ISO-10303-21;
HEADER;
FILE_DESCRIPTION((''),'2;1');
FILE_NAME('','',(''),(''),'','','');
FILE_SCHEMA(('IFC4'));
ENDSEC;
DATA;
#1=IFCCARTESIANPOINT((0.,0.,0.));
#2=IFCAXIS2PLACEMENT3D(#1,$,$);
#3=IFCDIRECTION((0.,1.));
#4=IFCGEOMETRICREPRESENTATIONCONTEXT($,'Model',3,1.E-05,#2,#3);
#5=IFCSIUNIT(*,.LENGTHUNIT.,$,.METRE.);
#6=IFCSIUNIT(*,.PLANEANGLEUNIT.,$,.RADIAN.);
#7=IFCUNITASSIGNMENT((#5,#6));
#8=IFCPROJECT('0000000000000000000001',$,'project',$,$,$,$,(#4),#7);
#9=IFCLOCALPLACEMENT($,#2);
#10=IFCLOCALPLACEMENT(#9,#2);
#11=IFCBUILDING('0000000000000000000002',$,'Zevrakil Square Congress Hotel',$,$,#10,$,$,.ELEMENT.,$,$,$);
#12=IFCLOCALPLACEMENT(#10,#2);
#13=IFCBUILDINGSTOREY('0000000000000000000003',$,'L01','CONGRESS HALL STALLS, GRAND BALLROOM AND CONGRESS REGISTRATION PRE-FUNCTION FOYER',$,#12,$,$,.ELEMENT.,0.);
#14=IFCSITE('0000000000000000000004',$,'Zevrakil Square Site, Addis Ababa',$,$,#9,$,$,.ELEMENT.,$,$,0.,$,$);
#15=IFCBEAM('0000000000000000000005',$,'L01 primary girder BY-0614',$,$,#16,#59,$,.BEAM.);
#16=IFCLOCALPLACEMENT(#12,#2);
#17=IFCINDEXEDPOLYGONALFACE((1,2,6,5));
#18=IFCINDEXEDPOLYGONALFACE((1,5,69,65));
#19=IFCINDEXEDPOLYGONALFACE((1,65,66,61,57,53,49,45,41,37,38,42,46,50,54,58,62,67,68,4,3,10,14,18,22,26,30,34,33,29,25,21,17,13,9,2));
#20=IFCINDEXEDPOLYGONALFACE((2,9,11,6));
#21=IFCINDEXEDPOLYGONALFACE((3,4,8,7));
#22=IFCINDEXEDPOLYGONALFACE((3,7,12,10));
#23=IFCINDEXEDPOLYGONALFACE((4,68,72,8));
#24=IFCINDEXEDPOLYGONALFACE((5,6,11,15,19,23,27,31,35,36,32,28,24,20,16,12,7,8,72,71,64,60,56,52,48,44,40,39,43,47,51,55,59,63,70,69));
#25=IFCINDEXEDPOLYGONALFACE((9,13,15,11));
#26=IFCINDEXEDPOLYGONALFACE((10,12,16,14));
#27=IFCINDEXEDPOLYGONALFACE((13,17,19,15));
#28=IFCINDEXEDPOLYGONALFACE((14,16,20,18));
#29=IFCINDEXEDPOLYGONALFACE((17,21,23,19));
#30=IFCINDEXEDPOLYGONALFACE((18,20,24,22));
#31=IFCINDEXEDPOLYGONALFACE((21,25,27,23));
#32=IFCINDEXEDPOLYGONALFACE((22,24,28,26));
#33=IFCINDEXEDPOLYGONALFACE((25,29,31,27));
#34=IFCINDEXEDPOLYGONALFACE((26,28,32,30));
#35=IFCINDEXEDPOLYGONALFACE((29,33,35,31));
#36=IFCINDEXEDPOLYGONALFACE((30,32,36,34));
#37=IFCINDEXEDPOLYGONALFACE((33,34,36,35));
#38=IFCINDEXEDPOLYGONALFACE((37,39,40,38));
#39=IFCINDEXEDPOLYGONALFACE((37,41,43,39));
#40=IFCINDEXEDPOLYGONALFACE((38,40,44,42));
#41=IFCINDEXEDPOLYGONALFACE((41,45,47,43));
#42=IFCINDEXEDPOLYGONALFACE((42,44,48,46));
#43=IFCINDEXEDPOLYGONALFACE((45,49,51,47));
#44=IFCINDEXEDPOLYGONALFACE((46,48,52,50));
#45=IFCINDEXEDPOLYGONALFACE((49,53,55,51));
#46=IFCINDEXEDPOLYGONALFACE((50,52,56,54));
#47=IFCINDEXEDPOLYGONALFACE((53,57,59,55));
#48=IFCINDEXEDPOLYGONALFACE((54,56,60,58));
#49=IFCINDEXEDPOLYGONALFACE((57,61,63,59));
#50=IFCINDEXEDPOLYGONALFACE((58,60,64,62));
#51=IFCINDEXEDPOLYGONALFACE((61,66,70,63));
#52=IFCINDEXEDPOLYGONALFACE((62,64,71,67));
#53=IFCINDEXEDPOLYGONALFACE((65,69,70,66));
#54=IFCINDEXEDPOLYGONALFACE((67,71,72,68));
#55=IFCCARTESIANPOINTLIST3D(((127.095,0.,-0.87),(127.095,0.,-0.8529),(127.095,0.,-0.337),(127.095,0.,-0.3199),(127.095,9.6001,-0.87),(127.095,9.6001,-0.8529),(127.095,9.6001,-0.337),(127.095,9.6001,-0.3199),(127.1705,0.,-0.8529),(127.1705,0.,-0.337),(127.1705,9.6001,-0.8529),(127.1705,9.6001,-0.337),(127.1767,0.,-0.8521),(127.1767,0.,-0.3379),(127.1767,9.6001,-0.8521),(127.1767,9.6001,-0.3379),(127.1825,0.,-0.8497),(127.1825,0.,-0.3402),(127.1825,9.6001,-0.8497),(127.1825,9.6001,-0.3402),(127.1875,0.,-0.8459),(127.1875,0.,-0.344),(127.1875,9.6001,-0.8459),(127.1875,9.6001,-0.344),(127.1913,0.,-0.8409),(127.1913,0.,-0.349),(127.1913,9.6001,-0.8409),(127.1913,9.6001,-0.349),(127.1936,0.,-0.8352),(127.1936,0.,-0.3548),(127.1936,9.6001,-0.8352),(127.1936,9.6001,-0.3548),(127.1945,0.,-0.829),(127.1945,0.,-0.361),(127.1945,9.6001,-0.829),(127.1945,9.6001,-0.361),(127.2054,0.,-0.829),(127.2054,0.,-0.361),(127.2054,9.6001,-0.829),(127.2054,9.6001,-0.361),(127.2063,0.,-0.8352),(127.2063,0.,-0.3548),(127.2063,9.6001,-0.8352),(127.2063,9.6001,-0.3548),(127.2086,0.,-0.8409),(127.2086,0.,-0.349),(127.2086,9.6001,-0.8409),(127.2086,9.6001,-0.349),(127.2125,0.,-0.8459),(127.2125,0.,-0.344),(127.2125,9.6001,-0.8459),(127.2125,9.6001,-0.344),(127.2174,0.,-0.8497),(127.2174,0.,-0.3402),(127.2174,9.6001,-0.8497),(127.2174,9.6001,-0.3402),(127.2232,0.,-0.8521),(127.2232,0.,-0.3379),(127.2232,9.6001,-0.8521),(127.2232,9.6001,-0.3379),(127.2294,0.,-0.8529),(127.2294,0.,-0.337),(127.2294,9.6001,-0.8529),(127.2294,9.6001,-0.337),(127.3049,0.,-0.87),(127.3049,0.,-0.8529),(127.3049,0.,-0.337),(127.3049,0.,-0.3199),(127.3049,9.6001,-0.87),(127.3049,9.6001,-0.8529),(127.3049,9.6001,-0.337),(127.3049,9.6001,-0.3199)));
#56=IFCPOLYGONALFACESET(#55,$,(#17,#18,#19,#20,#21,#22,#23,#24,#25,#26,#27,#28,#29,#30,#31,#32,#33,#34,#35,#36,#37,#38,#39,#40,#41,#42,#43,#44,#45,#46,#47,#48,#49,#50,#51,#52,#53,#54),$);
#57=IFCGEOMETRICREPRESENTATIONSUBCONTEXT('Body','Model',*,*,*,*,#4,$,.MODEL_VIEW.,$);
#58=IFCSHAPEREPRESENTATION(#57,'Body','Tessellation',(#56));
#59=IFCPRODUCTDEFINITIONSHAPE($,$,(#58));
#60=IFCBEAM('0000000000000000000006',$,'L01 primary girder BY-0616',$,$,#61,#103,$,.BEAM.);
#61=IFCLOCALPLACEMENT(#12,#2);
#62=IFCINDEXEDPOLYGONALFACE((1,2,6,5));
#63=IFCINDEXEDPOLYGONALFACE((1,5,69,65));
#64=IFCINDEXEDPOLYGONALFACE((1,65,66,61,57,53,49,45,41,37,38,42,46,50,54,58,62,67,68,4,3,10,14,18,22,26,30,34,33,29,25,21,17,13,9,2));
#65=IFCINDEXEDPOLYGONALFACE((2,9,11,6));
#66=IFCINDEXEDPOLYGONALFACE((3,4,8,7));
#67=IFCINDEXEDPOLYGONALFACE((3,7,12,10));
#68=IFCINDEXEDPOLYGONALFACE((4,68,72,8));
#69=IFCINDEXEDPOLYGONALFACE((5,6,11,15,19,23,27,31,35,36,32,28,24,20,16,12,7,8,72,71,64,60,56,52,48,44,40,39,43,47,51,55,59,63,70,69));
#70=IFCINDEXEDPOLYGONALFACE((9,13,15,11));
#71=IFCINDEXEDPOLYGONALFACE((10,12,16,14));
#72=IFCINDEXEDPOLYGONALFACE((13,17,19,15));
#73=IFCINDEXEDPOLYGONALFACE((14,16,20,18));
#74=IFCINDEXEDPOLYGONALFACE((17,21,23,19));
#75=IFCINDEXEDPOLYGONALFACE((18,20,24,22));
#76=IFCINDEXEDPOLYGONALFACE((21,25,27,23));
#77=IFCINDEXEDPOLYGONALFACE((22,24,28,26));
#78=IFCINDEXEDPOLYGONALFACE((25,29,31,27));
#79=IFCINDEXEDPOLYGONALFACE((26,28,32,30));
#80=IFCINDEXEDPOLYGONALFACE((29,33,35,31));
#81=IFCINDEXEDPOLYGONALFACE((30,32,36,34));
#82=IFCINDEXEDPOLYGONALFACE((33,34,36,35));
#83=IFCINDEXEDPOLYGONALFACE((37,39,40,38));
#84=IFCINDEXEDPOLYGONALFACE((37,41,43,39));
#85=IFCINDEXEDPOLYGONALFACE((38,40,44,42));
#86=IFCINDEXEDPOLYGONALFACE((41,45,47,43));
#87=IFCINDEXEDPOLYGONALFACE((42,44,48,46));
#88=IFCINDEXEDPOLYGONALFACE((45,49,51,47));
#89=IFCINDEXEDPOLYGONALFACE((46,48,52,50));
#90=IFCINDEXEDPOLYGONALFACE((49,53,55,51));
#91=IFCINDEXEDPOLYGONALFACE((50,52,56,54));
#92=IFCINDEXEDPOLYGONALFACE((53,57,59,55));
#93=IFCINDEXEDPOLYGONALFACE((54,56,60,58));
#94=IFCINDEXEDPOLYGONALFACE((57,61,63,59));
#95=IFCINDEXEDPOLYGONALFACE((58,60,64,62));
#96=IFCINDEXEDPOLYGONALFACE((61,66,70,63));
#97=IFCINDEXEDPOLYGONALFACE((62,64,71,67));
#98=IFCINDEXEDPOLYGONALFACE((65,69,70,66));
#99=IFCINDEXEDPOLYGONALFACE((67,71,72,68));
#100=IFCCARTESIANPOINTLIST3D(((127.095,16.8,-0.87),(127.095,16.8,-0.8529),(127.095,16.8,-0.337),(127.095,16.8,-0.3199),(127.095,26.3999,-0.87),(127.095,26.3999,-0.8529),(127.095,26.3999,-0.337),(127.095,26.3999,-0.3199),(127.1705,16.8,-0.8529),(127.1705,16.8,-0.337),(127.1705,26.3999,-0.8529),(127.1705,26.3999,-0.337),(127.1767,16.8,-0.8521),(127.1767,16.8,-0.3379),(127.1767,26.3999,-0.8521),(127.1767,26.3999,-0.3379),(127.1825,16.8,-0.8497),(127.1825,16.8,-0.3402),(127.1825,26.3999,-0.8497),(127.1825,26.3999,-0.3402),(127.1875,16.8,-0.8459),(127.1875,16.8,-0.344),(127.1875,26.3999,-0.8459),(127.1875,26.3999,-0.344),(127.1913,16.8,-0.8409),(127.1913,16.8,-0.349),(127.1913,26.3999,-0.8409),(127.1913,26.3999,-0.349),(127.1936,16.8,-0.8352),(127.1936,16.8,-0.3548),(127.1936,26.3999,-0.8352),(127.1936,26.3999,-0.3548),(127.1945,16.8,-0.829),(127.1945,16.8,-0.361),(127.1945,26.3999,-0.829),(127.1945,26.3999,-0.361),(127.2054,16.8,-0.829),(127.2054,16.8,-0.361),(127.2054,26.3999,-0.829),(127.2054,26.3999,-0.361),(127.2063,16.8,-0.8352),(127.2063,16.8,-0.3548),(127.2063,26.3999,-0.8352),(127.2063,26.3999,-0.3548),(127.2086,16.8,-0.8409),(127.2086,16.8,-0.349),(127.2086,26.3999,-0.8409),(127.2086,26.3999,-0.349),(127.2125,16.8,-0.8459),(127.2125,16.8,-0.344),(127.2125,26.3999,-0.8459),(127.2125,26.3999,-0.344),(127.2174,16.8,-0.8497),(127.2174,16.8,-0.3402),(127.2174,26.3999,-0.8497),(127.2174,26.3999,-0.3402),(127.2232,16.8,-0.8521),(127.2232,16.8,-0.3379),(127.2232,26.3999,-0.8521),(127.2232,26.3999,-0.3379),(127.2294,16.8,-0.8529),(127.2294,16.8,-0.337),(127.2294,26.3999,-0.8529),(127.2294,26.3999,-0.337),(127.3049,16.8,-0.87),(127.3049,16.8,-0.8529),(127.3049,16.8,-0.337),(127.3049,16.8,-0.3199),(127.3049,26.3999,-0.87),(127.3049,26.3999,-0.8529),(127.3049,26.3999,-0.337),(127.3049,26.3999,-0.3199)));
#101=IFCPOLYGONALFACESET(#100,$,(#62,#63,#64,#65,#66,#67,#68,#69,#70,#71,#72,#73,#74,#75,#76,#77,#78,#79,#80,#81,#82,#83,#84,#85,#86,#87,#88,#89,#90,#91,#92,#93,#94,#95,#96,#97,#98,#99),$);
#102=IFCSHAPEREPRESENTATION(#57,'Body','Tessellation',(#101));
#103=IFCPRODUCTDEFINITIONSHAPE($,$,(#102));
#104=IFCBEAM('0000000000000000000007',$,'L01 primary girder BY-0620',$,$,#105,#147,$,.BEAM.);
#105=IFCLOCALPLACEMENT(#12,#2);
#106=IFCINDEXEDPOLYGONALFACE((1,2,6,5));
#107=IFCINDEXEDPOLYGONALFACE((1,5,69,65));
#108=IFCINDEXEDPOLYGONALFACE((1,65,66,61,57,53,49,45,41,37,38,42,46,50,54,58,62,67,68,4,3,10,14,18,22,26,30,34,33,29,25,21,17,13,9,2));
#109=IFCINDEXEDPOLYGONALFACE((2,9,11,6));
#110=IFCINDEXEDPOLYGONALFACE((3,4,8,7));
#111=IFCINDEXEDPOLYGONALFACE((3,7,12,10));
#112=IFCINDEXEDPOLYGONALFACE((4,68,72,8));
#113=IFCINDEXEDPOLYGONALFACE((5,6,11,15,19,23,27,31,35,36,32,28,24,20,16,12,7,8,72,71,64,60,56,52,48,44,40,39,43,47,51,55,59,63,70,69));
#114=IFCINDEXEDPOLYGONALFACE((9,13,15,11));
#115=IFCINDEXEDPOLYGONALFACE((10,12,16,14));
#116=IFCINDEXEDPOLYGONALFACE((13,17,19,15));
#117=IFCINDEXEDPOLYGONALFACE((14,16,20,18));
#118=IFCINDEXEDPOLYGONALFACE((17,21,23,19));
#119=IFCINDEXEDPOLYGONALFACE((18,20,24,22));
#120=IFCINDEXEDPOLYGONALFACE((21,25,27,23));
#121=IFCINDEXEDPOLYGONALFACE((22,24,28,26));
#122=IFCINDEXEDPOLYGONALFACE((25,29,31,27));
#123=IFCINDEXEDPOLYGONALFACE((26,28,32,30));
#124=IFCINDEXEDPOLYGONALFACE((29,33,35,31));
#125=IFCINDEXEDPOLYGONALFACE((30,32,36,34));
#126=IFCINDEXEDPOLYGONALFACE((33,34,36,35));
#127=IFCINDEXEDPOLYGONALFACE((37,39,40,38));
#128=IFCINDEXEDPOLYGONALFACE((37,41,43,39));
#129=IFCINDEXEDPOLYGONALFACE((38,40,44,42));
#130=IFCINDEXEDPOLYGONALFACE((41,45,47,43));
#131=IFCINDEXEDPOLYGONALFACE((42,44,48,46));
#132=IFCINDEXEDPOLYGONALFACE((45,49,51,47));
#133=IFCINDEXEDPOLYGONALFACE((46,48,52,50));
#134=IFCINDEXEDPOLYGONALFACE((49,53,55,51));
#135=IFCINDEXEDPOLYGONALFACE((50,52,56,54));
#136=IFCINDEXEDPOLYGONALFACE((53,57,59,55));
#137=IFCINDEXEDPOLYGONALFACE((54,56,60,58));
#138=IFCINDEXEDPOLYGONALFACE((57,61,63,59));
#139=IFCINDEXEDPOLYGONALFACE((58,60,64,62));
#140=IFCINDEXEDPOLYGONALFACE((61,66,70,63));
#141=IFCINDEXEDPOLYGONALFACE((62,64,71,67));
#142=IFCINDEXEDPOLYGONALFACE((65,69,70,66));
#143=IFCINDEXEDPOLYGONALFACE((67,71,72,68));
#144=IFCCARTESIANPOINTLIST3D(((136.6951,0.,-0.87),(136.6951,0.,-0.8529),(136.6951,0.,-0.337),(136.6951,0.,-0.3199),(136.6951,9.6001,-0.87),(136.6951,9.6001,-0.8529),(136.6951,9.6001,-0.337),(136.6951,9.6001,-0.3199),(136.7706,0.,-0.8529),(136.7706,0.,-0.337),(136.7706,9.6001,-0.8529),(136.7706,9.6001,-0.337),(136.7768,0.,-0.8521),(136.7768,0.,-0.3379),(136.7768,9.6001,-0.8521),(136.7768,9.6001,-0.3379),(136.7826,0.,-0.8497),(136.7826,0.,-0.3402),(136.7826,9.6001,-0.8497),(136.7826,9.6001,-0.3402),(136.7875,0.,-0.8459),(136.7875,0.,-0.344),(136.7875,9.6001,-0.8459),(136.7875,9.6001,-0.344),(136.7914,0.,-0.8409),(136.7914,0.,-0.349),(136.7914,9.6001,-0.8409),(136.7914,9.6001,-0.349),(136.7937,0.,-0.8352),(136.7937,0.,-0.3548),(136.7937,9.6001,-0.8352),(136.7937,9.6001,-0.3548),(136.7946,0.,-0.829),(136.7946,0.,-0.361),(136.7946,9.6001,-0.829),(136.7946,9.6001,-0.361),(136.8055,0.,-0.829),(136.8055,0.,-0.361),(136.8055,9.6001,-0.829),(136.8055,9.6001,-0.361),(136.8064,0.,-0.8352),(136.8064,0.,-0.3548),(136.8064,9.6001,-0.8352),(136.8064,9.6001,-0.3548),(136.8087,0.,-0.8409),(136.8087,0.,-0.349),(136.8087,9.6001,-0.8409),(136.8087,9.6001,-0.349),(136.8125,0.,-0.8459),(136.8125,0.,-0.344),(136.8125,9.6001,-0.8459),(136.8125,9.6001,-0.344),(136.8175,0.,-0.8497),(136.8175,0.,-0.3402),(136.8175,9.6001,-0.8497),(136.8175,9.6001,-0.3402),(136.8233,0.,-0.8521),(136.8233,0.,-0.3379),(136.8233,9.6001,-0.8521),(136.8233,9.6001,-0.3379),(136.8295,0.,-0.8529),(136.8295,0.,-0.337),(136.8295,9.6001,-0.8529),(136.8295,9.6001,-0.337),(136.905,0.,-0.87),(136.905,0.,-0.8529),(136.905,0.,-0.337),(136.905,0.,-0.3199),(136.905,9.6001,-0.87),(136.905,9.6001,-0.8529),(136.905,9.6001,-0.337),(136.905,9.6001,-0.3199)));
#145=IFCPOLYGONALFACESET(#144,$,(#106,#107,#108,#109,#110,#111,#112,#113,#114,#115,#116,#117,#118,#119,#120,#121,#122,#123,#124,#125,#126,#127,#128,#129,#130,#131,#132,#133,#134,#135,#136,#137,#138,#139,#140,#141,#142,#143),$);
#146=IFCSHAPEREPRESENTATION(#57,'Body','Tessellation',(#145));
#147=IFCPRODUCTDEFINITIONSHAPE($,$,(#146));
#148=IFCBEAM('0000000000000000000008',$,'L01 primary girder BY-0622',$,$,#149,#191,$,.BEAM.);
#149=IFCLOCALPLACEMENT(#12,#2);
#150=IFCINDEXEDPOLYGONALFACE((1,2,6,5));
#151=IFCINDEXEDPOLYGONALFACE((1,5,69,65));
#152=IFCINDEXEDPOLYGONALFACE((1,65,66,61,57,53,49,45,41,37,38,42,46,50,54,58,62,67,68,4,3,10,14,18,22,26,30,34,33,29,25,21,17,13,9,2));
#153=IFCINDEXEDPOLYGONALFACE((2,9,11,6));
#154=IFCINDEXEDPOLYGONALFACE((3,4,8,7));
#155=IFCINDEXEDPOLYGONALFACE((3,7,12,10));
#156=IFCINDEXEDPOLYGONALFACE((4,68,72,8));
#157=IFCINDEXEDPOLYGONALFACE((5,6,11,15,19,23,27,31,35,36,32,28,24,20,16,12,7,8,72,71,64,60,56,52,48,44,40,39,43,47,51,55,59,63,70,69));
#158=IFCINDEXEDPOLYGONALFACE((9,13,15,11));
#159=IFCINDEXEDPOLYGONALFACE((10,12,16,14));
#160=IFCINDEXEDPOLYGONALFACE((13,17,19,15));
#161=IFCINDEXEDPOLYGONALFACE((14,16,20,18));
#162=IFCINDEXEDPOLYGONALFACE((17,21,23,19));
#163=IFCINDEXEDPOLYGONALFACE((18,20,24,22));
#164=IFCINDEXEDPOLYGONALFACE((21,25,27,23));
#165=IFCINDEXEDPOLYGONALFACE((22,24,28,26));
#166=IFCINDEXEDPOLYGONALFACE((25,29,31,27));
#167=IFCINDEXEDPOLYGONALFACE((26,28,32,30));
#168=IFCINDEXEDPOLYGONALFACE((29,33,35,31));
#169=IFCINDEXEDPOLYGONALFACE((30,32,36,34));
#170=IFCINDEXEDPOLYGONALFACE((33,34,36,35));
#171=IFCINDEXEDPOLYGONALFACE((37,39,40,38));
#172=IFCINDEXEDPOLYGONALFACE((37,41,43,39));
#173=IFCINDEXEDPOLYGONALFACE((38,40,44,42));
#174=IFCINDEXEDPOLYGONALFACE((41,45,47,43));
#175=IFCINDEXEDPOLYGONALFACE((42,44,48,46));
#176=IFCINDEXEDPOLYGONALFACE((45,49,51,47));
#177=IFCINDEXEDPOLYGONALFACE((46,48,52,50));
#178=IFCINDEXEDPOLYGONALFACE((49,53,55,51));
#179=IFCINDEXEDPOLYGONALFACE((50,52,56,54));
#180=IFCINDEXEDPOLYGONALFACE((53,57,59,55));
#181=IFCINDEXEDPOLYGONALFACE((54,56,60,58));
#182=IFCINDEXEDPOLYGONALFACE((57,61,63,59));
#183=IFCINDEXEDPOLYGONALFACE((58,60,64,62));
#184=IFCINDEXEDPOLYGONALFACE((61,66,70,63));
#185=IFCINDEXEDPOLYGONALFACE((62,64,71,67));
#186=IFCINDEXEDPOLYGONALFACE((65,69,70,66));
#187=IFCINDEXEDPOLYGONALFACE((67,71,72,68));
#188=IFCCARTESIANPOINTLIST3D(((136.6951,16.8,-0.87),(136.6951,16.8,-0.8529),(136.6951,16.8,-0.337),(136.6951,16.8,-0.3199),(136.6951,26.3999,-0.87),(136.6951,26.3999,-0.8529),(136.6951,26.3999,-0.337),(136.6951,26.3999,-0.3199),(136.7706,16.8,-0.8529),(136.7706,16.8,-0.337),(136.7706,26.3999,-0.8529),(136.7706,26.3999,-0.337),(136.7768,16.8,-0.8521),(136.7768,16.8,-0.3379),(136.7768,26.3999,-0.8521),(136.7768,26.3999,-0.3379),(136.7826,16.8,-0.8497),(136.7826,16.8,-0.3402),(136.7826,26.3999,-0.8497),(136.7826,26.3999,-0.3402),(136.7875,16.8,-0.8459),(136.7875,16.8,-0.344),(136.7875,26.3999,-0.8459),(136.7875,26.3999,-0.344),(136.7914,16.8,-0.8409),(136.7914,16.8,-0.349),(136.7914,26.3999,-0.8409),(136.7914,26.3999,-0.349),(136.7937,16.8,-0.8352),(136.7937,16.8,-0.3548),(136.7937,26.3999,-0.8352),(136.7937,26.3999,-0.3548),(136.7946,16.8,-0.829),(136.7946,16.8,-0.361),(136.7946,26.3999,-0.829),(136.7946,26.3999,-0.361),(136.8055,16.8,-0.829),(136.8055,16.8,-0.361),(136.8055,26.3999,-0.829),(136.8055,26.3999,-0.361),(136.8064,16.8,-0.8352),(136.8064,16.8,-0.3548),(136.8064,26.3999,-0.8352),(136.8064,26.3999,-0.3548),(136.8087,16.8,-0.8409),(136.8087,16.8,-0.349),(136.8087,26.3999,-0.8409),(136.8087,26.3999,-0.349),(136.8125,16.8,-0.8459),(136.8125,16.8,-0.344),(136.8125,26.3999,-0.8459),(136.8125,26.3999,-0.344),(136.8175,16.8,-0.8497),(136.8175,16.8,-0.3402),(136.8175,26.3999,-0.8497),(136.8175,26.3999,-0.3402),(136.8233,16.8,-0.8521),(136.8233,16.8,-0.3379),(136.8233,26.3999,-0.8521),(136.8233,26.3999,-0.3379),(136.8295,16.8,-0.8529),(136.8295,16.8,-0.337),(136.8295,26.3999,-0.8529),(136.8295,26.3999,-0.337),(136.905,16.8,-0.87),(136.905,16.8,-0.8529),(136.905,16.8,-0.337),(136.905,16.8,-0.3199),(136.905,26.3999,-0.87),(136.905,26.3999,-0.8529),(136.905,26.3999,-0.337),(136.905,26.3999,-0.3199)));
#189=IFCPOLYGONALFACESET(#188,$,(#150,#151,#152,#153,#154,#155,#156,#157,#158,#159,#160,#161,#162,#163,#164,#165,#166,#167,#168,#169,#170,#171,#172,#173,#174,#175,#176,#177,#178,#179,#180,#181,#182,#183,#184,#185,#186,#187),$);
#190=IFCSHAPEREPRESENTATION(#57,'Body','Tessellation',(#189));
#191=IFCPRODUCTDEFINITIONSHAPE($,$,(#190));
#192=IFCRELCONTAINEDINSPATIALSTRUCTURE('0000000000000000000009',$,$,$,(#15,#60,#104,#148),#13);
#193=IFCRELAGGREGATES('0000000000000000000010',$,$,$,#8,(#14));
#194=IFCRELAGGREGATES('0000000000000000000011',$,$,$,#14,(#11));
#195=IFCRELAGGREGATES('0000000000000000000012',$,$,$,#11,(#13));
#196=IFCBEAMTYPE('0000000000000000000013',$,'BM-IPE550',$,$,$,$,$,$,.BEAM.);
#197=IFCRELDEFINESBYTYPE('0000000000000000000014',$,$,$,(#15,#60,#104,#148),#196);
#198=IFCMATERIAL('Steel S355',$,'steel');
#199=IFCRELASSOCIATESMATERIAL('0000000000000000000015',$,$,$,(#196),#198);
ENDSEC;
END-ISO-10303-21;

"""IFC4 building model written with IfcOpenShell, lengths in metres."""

from ifc_helpers import new_model, si_unit, direction, frame, origin, origin_2d, place, context, subcontext, project, spatial, i_section, extrude, material, material_profile, profile_set, type_object, element, save


model = new_model("IFC4")

# Units and contexts
model_context = context("Model", 3, precision=1e-05, world=origin(), true_north=direction((0.0, 1.0)))
body_context = subcontext(model_context, "Body", "Model", "MODEL_VIEW")
ifc_project = project(units=[si_unit("LENGTHUNIT", "METRE"), si_unit("PLANEANGLEUNIT", "RADIAN")], contexts=[model_context])

# Site, building, storey
site_placement = place(None, origin())
site = spatial("IfcSite", under=ifc_project, at=site_placement, Name="Zevrakil Square Site, Addis Ababa", CompositionType="ELEMENT", RefElevation=0.0)
building_placement = place(site_placement, origin())
building = spatial("IfcBuilding", under=site, at=building_placement, Name="Zevrakil Square Congress Hotel", CompositionType="ELEMENT")
storey_placement = place(building_placement, origin())
storey = spatial("IfcBuildingStorey", under=building, at=storey_placement, Name="L01", Description="CONGRESS HALL STALLS, GRAND BALLROOM AND CONGRESS REGISTRATION PRE-FUNCTION FOYER", CompositionType="ELEMENT", Elevation=0.0)

# Beams
ifc_material_1 = material(Name="Steel S355", Category="steel")
ifc_material_profile_1 = material_profile(ifc_material_1, i_section(OverallWidth=0.21, OverallDepth=0.55, WebThickness=0.011, FlangeThickness=0.0171, FilletRadius=0.0239, at=origin_2d()), Name="IPE 550")
ifc_profile_set_1 = profile_set([ifc_material_profile_1], Name="Steel S355")
beam_type_1 = type_object("IfcBeamType", Name="BM-IPE550", PredefinedType="BEAM", material=ifc_profile_set_1)
beam_1_placement = place(storey_placement, frame((127.2, 0.0, -0.595), z_axis=(0.0, 1.0, 0.0), x_axis=(-1.0, 0.0, 0.0)))
element("IfcBeam", 1, at=beam_1_placement, inside=storey, type_object=beam_type_1, Name="L01 primary girder BY-0614", PredefinedType="BEAM", context=body_context, shape_type="SweptSolid", body=[
    extrude(i_section(OverallWidth=0.21, OverallDepth=0.55, WebThickness=0.011, FlangeThickness=0.0171, FilletRadius=0.0239, at=origin_2d()), origin(), (0.0, 0.0, 1.0), 9.6001),
])
beam_2_placement = place(storey_placement, frame((127.2, 16.8, -0.595), z_axis=(0.0, 1.0, 0.0), x_axis=(-1.0, 0.0, 0.0)))
element("IfcBeam", 2, at=beam_2_placement, inside=storey, type_object=beam_type_1, Name="L01 primary girder BY-0616", PredefinedType="BEAM", context=body_context, shape_type="SweptSolid", body=[
    extrude(i_section(OverallWidth=0.21, OverallDepth=0.55, WebThickness=0.011, FlangeThickness=0.0171, FilletRadius=0.0239, at=origin_2d()), origin(), (0.0, 0.0, 1.0), 9.5999),
])
beam_3_placement = place(storey_placement, frame((136.8, 0.0, -0.595), z_axis=(0.0, 1.0, 0.0), x_axis=(-1.0, 0.0, 0.0)))
element("IfcBeam", 3, at=beam_3_placement, inside=storey, type_object=beam_type_1, Name="L01 primary girder BY-0620", PredefinedType="BEAM", context=body_context, shape_type="SweptSolid", body=[
    extrude(i_section(OverallWidth=0.21, OverallDepth=0.55, WebThickness=0.011, FlangeThickness=0.0171, FilletRadius=0.0239, at=origin_2d()), origin(), (0.0, 0.0, 1.0), 9.6001),
])
beam_4_placement = place(storey_placement, frame((136.8, 16.8, -0.595), z_axis=(0.0, 1.0, 0.0), x_axis=(-1.0, 0.0, 0.0)))
element("IfcBeam", 4, at=beam_4_placement, inside=storey, type_object=beam_type_1, Name="L01 primary girder BY-0622", PredefinedType="BEAM", context=body_context, shape_type="SweptSolid", body=[
    extrude(i_section(OverallWidth=0.21, OverallDepth=0.55, WebThickness=0.011, FlangeThickness=0.0171, FilletRadius=0.0239, at=origin_2d()), origin(), (0.0, 0.0, 1.0), 9.5999),
])

save(model, "model.ifc")
